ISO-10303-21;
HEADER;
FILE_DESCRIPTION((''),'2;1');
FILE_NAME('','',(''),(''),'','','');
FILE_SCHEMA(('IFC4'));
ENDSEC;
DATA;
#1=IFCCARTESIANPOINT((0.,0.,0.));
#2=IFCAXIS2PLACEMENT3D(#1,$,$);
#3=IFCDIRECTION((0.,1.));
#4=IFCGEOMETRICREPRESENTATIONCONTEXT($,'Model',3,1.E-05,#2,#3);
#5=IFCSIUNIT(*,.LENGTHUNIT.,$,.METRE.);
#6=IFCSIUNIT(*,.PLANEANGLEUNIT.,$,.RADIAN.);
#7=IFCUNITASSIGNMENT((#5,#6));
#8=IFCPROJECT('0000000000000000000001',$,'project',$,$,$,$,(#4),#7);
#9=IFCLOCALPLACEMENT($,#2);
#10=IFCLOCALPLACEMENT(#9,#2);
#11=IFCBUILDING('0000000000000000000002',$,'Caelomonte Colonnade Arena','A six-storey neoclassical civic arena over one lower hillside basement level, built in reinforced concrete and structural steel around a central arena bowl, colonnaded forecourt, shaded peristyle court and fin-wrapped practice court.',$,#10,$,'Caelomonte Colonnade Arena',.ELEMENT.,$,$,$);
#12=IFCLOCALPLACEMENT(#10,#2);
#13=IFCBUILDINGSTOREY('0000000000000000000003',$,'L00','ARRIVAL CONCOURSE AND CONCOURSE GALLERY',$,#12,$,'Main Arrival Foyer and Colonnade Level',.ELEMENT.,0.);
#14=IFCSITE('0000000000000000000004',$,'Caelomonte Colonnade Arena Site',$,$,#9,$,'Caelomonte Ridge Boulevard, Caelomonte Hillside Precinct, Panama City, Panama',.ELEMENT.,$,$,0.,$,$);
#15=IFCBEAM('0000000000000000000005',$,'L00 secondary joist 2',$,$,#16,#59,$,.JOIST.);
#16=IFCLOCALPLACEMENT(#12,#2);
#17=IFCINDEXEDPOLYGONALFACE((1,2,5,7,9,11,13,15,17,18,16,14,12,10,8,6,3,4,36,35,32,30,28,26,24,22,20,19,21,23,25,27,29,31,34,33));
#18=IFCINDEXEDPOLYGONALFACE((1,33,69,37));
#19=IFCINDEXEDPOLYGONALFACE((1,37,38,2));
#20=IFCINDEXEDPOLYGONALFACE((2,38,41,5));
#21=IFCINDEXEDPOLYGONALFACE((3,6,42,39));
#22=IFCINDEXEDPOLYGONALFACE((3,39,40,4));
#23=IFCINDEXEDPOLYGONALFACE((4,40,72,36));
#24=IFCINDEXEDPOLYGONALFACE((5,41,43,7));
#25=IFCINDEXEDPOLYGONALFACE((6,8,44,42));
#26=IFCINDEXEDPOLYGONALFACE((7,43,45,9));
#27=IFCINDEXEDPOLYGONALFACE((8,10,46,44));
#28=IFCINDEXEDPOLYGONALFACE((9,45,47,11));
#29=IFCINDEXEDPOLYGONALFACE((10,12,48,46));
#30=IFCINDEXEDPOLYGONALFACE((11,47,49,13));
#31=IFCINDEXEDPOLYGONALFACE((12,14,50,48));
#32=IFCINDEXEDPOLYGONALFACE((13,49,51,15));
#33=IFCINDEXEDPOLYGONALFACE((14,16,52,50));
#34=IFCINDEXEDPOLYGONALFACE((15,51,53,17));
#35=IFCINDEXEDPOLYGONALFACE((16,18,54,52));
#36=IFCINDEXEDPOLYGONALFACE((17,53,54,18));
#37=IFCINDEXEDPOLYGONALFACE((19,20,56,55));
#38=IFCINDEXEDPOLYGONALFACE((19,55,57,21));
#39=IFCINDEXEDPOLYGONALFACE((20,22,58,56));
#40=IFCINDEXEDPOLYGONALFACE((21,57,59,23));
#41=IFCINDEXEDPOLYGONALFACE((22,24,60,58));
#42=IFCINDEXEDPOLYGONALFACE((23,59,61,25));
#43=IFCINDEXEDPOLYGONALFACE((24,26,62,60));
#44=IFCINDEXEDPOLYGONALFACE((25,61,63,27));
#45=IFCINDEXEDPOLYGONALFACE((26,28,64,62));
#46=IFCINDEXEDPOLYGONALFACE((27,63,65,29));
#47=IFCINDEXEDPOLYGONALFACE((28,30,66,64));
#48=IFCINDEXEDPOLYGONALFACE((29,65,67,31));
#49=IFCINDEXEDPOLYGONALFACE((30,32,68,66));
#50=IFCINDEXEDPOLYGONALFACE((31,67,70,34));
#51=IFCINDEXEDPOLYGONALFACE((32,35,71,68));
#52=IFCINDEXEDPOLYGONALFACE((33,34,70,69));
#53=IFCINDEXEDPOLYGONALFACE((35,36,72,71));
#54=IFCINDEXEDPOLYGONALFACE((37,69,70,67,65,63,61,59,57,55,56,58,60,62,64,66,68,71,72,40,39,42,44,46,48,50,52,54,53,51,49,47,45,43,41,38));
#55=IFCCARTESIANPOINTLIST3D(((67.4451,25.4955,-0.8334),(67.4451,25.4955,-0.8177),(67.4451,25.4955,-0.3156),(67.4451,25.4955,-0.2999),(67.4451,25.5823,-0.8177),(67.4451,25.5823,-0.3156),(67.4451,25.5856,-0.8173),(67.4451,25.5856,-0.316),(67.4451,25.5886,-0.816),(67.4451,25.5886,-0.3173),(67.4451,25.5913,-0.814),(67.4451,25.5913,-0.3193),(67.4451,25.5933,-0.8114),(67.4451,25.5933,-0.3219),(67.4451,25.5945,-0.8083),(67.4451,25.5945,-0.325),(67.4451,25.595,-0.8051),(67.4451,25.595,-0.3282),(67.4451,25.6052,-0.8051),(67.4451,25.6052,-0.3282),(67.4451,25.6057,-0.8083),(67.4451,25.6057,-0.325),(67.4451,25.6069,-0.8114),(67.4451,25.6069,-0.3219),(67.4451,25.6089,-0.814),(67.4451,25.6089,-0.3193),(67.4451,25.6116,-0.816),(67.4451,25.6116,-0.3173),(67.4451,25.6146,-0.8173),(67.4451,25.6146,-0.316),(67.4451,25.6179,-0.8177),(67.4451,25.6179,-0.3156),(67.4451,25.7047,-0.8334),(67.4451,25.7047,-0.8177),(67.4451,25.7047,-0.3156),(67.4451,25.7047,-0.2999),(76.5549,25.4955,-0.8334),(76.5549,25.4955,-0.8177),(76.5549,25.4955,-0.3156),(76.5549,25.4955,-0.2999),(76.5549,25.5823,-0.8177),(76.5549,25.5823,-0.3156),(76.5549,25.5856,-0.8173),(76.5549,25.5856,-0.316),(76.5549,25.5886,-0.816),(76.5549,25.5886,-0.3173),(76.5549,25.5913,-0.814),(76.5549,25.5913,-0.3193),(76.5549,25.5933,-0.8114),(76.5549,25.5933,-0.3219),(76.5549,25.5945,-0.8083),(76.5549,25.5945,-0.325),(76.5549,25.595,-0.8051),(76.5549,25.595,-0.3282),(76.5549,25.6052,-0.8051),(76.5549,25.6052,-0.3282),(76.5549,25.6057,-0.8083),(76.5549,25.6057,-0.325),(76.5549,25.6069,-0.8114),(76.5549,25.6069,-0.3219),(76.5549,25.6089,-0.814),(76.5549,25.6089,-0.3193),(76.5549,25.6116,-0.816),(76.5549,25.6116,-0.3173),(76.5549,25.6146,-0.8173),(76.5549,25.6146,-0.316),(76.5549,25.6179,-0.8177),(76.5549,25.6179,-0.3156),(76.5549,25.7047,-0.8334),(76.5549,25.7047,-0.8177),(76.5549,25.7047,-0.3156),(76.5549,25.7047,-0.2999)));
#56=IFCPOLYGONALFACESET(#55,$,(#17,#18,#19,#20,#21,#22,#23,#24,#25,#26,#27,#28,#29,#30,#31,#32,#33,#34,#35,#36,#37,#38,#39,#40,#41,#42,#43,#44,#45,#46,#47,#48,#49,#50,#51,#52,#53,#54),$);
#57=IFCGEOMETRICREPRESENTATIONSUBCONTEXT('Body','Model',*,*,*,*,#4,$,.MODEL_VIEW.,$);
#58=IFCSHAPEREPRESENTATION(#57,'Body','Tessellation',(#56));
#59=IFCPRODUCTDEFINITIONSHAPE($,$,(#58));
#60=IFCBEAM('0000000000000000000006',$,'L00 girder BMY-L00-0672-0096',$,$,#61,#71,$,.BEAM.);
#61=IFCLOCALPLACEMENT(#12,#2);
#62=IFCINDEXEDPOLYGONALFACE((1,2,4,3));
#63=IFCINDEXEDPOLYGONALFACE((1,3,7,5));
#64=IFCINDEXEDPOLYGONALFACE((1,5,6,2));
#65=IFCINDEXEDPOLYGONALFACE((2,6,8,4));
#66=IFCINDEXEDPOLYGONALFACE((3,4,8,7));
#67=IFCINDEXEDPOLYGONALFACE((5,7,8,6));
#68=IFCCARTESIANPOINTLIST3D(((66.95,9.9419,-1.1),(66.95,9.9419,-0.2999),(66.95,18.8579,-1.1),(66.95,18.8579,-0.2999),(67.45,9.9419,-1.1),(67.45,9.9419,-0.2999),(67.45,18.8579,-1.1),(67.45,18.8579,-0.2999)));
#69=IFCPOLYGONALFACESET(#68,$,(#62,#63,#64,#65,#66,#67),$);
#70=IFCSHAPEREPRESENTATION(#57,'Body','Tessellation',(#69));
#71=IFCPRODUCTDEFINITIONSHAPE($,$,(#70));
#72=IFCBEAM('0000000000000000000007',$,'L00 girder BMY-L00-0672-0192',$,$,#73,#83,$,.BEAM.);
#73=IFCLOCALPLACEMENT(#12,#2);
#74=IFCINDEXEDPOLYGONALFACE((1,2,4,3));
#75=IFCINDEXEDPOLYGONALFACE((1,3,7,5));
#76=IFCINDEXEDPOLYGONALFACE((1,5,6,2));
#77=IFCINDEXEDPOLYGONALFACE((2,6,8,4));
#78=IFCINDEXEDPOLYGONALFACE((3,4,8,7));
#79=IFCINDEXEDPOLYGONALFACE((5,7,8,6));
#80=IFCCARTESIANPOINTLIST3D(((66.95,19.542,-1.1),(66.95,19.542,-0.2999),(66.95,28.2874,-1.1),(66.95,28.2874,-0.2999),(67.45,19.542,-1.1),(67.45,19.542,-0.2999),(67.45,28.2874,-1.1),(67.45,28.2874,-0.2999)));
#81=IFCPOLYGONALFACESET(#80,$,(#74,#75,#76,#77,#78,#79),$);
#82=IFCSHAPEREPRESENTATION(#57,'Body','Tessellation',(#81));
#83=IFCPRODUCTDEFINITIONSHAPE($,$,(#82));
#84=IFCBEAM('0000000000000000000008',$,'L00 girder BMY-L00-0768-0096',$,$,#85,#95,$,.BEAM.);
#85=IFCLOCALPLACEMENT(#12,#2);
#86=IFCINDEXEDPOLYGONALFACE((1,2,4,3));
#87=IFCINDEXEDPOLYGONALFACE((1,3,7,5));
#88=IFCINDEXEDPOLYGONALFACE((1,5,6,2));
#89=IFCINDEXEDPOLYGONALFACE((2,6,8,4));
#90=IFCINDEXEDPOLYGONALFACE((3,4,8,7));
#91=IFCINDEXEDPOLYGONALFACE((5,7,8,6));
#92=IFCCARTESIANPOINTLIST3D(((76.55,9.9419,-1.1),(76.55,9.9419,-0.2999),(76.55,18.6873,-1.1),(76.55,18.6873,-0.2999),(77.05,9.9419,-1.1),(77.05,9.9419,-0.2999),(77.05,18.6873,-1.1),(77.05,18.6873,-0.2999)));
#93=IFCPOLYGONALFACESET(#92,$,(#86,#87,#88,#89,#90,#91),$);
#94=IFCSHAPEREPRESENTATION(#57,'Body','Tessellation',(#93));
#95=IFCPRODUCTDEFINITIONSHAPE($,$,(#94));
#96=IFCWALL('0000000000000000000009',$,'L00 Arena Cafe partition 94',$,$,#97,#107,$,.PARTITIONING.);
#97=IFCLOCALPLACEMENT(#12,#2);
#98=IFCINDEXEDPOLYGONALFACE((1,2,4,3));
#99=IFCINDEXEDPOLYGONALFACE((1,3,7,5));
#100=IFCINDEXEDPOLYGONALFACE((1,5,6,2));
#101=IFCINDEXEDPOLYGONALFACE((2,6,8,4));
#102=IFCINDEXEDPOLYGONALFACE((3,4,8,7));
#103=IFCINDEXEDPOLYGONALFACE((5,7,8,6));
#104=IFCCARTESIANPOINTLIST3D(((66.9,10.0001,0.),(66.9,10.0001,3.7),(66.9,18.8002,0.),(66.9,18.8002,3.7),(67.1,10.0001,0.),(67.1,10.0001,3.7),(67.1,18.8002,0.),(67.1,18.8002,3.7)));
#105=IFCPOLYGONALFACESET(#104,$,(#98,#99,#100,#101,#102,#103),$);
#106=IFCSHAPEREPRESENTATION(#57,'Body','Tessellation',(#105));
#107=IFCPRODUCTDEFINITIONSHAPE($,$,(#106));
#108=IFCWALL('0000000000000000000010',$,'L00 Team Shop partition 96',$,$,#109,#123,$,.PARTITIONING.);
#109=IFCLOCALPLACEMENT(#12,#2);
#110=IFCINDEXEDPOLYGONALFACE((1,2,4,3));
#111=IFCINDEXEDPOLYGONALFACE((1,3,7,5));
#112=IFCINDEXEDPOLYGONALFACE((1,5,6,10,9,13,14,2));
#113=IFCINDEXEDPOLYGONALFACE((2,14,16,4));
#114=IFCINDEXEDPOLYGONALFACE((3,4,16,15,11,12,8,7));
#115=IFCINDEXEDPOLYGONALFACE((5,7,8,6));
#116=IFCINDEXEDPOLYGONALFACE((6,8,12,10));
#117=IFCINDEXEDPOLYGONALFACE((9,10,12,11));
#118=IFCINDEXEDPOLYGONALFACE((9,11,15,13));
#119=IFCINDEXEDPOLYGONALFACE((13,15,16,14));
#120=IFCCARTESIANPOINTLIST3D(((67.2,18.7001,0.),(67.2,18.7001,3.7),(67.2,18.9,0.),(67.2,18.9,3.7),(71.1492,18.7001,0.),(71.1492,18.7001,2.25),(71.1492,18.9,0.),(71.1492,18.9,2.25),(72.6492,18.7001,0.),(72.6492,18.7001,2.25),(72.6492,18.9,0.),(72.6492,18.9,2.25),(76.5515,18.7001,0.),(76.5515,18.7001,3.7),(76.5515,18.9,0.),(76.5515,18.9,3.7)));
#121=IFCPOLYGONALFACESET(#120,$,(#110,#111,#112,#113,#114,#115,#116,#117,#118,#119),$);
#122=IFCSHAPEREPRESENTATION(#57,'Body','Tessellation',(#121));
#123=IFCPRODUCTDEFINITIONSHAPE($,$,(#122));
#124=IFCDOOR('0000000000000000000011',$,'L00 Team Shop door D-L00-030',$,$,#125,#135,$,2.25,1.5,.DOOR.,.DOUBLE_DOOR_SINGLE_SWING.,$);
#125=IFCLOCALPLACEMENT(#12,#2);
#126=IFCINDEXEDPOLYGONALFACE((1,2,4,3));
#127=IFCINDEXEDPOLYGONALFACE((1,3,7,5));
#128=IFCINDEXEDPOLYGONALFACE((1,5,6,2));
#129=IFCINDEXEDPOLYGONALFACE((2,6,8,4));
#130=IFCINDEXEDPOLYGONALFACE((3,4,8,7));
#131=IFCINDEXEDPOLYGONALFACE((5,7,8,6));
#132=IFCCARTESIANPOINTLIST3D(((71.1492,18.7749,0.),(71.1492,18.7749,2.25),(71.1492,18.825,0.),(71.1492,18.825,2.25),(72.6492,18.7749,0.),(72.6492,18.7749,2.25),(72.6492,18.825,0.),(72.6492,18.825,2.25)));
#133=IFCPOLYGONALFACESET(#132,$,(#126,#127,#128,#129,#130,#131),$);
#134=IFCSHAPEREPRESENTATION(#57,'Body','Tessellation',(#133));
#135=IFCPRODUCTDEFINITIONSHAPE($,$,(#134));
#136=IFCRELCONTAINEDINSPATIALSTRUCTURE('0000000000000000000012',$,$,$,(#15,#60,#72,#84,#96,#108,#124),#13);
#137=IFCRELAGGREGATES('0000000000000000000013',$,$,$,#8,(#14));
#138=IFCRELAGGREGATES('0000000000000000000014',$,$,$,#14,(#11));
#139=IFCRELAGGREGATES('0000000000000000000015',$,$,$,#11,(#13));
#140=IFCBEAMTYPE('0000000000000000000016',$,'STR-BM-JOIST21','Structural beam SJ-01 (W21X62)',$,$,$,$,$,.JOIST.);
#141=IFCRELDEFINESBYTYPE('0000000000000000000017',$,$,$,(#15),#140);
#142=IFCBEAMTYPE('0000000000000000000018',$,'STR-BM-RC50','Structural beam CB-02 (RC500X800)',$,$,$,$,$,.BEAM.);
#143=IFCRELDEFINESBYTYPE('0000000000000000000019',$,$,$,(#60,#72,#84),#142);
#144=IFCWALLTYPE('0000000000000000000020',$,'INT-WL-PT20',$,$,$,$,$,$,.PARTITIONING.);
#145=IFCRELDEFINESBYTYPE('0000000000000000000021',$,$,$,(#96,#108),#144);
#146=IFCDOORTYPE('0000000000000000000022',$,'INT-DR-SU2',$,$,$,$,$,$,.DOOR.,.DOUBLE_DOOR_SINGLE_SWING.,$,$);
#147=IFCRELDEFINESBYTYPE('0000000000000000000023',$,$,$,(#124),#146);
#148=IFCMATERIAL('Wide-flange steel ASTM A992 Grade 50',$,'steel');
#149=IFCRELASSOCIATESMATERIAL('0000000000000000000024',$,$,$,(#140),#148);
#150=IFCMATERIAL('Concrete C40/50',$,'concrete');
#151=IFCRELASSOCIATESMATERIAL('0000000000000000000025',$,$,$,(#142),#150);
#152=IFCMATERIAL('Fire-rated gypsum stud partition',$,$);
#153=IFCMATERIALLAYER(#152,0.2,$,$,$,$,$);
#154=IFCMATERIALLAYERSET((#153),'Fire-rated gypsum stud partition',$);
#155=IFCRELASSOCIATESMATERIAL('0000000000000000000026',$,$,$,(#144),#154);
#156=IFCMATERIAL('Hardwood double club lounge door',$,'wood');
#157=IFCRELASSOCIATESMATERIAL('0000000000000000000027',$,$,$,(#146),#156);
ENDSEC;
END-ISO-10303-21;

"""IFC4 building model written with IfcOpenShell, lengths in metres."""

from ifc_helpers import new_model, si_unit, direction, frame, frame_2d, origin, origin_2d, place, context, subcontext, project, spatial, rectangle, i_section, extrude, material, layer, layer_set, material_profile, profile_set, type_object, element, fill, save


model = new_model("IFC4")

# Units and contexts
model_context = context("Model", 3, precision=1e-05, world=origin(), true_north=direction((0.0, 1.0)))
body_context = subcontext(model_context, "Body", "Model", "MODEL_VIEW")
ifc_project = project(units=[si_unit("LENGTHUNIT", "METRE"), si_unit("PLANEANGLEUNIT", "RADIAN")], contexts=[model_context])

# Site, building, storey
site_placement = place(None, origin())
site = spatial("IfcSite", under=ifc_project, at=site_placement, Name="Caelomonte Colonnade Arena Site", LongName="Caelomonte Ridge Boulevard, Caelomonte Hillside Precinct, Panama City, Panama", CompositionType="ELEMENT", RefElevation=0.0)
building_placement = place(site_placement, origin())
building = spatial("IfcBuilding", under=site, at=building_placement, Name="Caelomonte Colonnade Arena", Description="A six-storey neoclassical civic arena over one lower hillside basement level, built in reinforced concrete and structural steel around a central arena bowl, colonnaded forecourt, shaded peristyle court and fin-wrapped practice court.", LongName="Caelomonte Colonnade Arena", CompositionType="ELEMENT")
storey_placement = place(building_placement, origin())
storey = spatial("IfcBuildingStorey", under=building, at=storey_placement, Name="L00", Description="ARRIVAL CONCOURSE AND CONCOURSE GALLERY", LongName="Main Arrival Foyer and Colonnade Level", CompositionType="ELEMENT", Elevation=0.0)

# Shared definitions
ifc_material_1 = material(Name="Concrete C40/50", Category="concrete")
ifc_material_2 = material(Name="Wide-flange steel ASTM A992 Grade 50", Category="steel")

# Beams
ifc_material_profile_1 = material_profile(ifc_material_2, i_section(OverallWidth=0.2092, OverallDepth=0.5334, WebThickness=0.0103, FlangeThickness=0.0156, FilletRadius=0.0127, at=origin_2d()), Name="W21X62")
ifc_profile_set_1 = profile_set([ifc_material_profile_1], Name="Wide-flange steel ASTM A992 Grade 50")
beam_type_1 = type_object("IfcBeamType", Name="STR-BM-JOIST21", Description="Structural beam SJ-01 (W21X62)", PredefinedType="JOIST", material=ifc_profile_set_1)
for number, where, z_axis, x_axis, name in (
    (1, (67.4451, 25.6001, -0.5667), (1.0, 0.0, 0.0), (0.0, 1.0, 0.0), "L00 secondary joist 2"),
):
    element("IfcBeam", number, at=place(storey_placement, frame(where, z_axis=z_axis, x_axis=x_axis)), inside=storey, type_object=beam_type_1, Name=name, PredefinedType="JOIST", context=body_context, shape_type="SweptSolid", body=[
        extrude(i_section(OverallWidth=0.2092, OverallDepth=0.5334, WebThickness=0.0103, FlangeThickness=0.0156, FilletRadius=0.0127, at=origin_2d()), origin(), (0.0, 0.0, 1.0), 9.1099),
    ])
ifc_material_profile_2 = material_profile(ifc_material_1, rectangle(XDim=0.5, YDim=0.8, at=origin_2d()), Name="RC500X800")
ifc_profile_set_2 = profile_set([ifc_material_profile_2], Name="Concrete C40/50")
beam_type_2 = type_object("IfcBeamType", Name="STR-BM-RC50", Description="Structural beam CB-02 (RC500X800)", PredefinedType="BEAM", material=ifc_profile_set_2)
beam_1_placement = place(storey_placement, frame((67.2, 9.9419, -0.7), z_axis=(0.0, 1.0, 0.0), x_axis=(-1.0, 0.0, 0.0)))
element("IfcBeam", 2, at=beam_1_placement, inside=storey, type_object=beam_type_2, Name="L00 girder BMY-L00-0672-0096", PredefinedType="BEAM", context=body_context, shape_type="SweptSolid", body=[
    extrude(rectangle(XDim=0.5, YDim=0.8, at=origin_2d()), origin(), (0.0, 0.0, 1.0), 8.916),
])
for number, where, z_axis, x_axis, name in (
    (3, (67.2, 19.542, -0.7), (0.0, 1.0, 0.0), (-1.0, 0.0, 0.0), "L00 girder BMY-L00-0672-0192"),
    (4, (76.8, 9.9419, -0.7), (0.0, 1.0, 0.0), (-1.0, 0.0, 0.0), "L00 girder BMY-L00-0768-0096"),
):
    element("IfcBeam", number, at=place(storey_placement, frame(where, z_axis=z_axis, x_axis=x_axis)), inside=storey, type_object=beam_type_2, Name=name, PredefinedType="BEAM", context=body_context, shape_type="SweptSolid", body=[
        extrude(rectangle(XDim=0.5, YDim=0.8, at=origin_2d()), origin(), (0.0, 0.0, 1.0), 8.7454),
    ])

# Wall
ifc_material_3 = material(Name="Fire-rated gypsum stud partition")
ifc_layer_1 = layer(ifc_material_3, 0.2)
ifc_layer_set_1 = layer_set([ifc_layer_1], Name="Fire-rated gypsum stud partition")
wall_type_1 = type_object("IfcWallType", Name="INT-WL-PT20", PredefinedType="PARTITIONING", material=ifc_layer_set_1)
wall_1_placement = place(storey_placement, frame((67.0, 18.8, 0.0), z_axis=(0.0, 0.0, 1.0), x_axis=(0.0, -1.0, 0.0)))
element("IfcWall", 5, at=wall_1_placement, inside=storey, type_object=wall_type_1, Name="L00 Arena Cafe partition 94", PredefinedType="PARTITIONING", context=body_context, shape_type="SweptSolid", body=[
    extrude(rectangle(XDim=8.8, YDim=0.2, at=frame_2d((4.3999, 0.0))), origin(), (0.0, 0.0, 1.0), 3.7),
])

# Wall, opening, door
wall_2_placement = place(storey_placement, frame((67.2, 18.8, 0.0), z_axis=(0.0, 0.0, 1.0), x_axis=(1.0, 0.0, 0.0)))
wall_2 = element("IfcWall", 6, at=wall_2_placement, inside=storey, type_object=wall_type_1, Name="L00 Team Shop partition 96", PredefinedType="PARTITIONING", context=body_context, shape_type="SweptSolid", body=[
    extrude(rectangle(XDim=9.3516, YDim=0.2, at=frame_2d((4.6758, 0.0))), origin(), (0.0, 0.0, 1.0), 3.7),
])
opening_1_placement = place(wall_2_placement, frame((3.9492, 0.0, 0.0), z_axis=(0.0, 0.0, 1.0), x_axis=(1.0, 0.0, 0.0)))
opening_1 = element("IfcOpeningElement", 7, at=opening_1_placement, cuts=wall_2, PredefinedType="OPENING", context=body_context, shape_type="SweptSolid", body=[
    extrude(rectangle(XDim=1.5, YDim=2.25, at=frame_2d((0.75, 1.125))), frame((0.0, 0.1099, 0.0), z_axis=(0.0, -1.0, 0.0), x_axis=(1.0, 0.0, 0.0)), (0.0, 0.0, 1.0), 0.22),
])
ifc_material_4 = material(Name="Hardwood double club lounge door", Category="wood")
door_type_1 = type_object("IfcDoorType", Name="INT-DR-SU2", OperationType="DOUBLE_DOOR_SINGLE_SWING", PredefinedType="DOOR", material=ifc_material_4)
door_1_placement = place(opening_1_placement, origin())
door_1 = element("IfcDoor", 8, at=door_1_placement, inside=storey, type_object=door_type_1, Name="L00 Team Shop door D-L00-030", OperationType="DOUBLE_DOOR_SINGLE_SWING", OverallHeight=2.25, OverallWidth=1.5, PredefinedType="DOOR", context=body_context, shape_type="SweptSolid", body=[
    extrude(rectangle(XDim=1.5, YDim=2.25, at=frame_2d((0.75, 1.125))), frame((0.0, 0.0249, 0.0), z_axis=(0.0, -1.0, 0.0), x_axis=(1.0, 0.0, 0.0)), (0.0, 0.0, 1.0), 0.05),
])
fill(opening_1, door_1)

save(model, "model.ifc")
